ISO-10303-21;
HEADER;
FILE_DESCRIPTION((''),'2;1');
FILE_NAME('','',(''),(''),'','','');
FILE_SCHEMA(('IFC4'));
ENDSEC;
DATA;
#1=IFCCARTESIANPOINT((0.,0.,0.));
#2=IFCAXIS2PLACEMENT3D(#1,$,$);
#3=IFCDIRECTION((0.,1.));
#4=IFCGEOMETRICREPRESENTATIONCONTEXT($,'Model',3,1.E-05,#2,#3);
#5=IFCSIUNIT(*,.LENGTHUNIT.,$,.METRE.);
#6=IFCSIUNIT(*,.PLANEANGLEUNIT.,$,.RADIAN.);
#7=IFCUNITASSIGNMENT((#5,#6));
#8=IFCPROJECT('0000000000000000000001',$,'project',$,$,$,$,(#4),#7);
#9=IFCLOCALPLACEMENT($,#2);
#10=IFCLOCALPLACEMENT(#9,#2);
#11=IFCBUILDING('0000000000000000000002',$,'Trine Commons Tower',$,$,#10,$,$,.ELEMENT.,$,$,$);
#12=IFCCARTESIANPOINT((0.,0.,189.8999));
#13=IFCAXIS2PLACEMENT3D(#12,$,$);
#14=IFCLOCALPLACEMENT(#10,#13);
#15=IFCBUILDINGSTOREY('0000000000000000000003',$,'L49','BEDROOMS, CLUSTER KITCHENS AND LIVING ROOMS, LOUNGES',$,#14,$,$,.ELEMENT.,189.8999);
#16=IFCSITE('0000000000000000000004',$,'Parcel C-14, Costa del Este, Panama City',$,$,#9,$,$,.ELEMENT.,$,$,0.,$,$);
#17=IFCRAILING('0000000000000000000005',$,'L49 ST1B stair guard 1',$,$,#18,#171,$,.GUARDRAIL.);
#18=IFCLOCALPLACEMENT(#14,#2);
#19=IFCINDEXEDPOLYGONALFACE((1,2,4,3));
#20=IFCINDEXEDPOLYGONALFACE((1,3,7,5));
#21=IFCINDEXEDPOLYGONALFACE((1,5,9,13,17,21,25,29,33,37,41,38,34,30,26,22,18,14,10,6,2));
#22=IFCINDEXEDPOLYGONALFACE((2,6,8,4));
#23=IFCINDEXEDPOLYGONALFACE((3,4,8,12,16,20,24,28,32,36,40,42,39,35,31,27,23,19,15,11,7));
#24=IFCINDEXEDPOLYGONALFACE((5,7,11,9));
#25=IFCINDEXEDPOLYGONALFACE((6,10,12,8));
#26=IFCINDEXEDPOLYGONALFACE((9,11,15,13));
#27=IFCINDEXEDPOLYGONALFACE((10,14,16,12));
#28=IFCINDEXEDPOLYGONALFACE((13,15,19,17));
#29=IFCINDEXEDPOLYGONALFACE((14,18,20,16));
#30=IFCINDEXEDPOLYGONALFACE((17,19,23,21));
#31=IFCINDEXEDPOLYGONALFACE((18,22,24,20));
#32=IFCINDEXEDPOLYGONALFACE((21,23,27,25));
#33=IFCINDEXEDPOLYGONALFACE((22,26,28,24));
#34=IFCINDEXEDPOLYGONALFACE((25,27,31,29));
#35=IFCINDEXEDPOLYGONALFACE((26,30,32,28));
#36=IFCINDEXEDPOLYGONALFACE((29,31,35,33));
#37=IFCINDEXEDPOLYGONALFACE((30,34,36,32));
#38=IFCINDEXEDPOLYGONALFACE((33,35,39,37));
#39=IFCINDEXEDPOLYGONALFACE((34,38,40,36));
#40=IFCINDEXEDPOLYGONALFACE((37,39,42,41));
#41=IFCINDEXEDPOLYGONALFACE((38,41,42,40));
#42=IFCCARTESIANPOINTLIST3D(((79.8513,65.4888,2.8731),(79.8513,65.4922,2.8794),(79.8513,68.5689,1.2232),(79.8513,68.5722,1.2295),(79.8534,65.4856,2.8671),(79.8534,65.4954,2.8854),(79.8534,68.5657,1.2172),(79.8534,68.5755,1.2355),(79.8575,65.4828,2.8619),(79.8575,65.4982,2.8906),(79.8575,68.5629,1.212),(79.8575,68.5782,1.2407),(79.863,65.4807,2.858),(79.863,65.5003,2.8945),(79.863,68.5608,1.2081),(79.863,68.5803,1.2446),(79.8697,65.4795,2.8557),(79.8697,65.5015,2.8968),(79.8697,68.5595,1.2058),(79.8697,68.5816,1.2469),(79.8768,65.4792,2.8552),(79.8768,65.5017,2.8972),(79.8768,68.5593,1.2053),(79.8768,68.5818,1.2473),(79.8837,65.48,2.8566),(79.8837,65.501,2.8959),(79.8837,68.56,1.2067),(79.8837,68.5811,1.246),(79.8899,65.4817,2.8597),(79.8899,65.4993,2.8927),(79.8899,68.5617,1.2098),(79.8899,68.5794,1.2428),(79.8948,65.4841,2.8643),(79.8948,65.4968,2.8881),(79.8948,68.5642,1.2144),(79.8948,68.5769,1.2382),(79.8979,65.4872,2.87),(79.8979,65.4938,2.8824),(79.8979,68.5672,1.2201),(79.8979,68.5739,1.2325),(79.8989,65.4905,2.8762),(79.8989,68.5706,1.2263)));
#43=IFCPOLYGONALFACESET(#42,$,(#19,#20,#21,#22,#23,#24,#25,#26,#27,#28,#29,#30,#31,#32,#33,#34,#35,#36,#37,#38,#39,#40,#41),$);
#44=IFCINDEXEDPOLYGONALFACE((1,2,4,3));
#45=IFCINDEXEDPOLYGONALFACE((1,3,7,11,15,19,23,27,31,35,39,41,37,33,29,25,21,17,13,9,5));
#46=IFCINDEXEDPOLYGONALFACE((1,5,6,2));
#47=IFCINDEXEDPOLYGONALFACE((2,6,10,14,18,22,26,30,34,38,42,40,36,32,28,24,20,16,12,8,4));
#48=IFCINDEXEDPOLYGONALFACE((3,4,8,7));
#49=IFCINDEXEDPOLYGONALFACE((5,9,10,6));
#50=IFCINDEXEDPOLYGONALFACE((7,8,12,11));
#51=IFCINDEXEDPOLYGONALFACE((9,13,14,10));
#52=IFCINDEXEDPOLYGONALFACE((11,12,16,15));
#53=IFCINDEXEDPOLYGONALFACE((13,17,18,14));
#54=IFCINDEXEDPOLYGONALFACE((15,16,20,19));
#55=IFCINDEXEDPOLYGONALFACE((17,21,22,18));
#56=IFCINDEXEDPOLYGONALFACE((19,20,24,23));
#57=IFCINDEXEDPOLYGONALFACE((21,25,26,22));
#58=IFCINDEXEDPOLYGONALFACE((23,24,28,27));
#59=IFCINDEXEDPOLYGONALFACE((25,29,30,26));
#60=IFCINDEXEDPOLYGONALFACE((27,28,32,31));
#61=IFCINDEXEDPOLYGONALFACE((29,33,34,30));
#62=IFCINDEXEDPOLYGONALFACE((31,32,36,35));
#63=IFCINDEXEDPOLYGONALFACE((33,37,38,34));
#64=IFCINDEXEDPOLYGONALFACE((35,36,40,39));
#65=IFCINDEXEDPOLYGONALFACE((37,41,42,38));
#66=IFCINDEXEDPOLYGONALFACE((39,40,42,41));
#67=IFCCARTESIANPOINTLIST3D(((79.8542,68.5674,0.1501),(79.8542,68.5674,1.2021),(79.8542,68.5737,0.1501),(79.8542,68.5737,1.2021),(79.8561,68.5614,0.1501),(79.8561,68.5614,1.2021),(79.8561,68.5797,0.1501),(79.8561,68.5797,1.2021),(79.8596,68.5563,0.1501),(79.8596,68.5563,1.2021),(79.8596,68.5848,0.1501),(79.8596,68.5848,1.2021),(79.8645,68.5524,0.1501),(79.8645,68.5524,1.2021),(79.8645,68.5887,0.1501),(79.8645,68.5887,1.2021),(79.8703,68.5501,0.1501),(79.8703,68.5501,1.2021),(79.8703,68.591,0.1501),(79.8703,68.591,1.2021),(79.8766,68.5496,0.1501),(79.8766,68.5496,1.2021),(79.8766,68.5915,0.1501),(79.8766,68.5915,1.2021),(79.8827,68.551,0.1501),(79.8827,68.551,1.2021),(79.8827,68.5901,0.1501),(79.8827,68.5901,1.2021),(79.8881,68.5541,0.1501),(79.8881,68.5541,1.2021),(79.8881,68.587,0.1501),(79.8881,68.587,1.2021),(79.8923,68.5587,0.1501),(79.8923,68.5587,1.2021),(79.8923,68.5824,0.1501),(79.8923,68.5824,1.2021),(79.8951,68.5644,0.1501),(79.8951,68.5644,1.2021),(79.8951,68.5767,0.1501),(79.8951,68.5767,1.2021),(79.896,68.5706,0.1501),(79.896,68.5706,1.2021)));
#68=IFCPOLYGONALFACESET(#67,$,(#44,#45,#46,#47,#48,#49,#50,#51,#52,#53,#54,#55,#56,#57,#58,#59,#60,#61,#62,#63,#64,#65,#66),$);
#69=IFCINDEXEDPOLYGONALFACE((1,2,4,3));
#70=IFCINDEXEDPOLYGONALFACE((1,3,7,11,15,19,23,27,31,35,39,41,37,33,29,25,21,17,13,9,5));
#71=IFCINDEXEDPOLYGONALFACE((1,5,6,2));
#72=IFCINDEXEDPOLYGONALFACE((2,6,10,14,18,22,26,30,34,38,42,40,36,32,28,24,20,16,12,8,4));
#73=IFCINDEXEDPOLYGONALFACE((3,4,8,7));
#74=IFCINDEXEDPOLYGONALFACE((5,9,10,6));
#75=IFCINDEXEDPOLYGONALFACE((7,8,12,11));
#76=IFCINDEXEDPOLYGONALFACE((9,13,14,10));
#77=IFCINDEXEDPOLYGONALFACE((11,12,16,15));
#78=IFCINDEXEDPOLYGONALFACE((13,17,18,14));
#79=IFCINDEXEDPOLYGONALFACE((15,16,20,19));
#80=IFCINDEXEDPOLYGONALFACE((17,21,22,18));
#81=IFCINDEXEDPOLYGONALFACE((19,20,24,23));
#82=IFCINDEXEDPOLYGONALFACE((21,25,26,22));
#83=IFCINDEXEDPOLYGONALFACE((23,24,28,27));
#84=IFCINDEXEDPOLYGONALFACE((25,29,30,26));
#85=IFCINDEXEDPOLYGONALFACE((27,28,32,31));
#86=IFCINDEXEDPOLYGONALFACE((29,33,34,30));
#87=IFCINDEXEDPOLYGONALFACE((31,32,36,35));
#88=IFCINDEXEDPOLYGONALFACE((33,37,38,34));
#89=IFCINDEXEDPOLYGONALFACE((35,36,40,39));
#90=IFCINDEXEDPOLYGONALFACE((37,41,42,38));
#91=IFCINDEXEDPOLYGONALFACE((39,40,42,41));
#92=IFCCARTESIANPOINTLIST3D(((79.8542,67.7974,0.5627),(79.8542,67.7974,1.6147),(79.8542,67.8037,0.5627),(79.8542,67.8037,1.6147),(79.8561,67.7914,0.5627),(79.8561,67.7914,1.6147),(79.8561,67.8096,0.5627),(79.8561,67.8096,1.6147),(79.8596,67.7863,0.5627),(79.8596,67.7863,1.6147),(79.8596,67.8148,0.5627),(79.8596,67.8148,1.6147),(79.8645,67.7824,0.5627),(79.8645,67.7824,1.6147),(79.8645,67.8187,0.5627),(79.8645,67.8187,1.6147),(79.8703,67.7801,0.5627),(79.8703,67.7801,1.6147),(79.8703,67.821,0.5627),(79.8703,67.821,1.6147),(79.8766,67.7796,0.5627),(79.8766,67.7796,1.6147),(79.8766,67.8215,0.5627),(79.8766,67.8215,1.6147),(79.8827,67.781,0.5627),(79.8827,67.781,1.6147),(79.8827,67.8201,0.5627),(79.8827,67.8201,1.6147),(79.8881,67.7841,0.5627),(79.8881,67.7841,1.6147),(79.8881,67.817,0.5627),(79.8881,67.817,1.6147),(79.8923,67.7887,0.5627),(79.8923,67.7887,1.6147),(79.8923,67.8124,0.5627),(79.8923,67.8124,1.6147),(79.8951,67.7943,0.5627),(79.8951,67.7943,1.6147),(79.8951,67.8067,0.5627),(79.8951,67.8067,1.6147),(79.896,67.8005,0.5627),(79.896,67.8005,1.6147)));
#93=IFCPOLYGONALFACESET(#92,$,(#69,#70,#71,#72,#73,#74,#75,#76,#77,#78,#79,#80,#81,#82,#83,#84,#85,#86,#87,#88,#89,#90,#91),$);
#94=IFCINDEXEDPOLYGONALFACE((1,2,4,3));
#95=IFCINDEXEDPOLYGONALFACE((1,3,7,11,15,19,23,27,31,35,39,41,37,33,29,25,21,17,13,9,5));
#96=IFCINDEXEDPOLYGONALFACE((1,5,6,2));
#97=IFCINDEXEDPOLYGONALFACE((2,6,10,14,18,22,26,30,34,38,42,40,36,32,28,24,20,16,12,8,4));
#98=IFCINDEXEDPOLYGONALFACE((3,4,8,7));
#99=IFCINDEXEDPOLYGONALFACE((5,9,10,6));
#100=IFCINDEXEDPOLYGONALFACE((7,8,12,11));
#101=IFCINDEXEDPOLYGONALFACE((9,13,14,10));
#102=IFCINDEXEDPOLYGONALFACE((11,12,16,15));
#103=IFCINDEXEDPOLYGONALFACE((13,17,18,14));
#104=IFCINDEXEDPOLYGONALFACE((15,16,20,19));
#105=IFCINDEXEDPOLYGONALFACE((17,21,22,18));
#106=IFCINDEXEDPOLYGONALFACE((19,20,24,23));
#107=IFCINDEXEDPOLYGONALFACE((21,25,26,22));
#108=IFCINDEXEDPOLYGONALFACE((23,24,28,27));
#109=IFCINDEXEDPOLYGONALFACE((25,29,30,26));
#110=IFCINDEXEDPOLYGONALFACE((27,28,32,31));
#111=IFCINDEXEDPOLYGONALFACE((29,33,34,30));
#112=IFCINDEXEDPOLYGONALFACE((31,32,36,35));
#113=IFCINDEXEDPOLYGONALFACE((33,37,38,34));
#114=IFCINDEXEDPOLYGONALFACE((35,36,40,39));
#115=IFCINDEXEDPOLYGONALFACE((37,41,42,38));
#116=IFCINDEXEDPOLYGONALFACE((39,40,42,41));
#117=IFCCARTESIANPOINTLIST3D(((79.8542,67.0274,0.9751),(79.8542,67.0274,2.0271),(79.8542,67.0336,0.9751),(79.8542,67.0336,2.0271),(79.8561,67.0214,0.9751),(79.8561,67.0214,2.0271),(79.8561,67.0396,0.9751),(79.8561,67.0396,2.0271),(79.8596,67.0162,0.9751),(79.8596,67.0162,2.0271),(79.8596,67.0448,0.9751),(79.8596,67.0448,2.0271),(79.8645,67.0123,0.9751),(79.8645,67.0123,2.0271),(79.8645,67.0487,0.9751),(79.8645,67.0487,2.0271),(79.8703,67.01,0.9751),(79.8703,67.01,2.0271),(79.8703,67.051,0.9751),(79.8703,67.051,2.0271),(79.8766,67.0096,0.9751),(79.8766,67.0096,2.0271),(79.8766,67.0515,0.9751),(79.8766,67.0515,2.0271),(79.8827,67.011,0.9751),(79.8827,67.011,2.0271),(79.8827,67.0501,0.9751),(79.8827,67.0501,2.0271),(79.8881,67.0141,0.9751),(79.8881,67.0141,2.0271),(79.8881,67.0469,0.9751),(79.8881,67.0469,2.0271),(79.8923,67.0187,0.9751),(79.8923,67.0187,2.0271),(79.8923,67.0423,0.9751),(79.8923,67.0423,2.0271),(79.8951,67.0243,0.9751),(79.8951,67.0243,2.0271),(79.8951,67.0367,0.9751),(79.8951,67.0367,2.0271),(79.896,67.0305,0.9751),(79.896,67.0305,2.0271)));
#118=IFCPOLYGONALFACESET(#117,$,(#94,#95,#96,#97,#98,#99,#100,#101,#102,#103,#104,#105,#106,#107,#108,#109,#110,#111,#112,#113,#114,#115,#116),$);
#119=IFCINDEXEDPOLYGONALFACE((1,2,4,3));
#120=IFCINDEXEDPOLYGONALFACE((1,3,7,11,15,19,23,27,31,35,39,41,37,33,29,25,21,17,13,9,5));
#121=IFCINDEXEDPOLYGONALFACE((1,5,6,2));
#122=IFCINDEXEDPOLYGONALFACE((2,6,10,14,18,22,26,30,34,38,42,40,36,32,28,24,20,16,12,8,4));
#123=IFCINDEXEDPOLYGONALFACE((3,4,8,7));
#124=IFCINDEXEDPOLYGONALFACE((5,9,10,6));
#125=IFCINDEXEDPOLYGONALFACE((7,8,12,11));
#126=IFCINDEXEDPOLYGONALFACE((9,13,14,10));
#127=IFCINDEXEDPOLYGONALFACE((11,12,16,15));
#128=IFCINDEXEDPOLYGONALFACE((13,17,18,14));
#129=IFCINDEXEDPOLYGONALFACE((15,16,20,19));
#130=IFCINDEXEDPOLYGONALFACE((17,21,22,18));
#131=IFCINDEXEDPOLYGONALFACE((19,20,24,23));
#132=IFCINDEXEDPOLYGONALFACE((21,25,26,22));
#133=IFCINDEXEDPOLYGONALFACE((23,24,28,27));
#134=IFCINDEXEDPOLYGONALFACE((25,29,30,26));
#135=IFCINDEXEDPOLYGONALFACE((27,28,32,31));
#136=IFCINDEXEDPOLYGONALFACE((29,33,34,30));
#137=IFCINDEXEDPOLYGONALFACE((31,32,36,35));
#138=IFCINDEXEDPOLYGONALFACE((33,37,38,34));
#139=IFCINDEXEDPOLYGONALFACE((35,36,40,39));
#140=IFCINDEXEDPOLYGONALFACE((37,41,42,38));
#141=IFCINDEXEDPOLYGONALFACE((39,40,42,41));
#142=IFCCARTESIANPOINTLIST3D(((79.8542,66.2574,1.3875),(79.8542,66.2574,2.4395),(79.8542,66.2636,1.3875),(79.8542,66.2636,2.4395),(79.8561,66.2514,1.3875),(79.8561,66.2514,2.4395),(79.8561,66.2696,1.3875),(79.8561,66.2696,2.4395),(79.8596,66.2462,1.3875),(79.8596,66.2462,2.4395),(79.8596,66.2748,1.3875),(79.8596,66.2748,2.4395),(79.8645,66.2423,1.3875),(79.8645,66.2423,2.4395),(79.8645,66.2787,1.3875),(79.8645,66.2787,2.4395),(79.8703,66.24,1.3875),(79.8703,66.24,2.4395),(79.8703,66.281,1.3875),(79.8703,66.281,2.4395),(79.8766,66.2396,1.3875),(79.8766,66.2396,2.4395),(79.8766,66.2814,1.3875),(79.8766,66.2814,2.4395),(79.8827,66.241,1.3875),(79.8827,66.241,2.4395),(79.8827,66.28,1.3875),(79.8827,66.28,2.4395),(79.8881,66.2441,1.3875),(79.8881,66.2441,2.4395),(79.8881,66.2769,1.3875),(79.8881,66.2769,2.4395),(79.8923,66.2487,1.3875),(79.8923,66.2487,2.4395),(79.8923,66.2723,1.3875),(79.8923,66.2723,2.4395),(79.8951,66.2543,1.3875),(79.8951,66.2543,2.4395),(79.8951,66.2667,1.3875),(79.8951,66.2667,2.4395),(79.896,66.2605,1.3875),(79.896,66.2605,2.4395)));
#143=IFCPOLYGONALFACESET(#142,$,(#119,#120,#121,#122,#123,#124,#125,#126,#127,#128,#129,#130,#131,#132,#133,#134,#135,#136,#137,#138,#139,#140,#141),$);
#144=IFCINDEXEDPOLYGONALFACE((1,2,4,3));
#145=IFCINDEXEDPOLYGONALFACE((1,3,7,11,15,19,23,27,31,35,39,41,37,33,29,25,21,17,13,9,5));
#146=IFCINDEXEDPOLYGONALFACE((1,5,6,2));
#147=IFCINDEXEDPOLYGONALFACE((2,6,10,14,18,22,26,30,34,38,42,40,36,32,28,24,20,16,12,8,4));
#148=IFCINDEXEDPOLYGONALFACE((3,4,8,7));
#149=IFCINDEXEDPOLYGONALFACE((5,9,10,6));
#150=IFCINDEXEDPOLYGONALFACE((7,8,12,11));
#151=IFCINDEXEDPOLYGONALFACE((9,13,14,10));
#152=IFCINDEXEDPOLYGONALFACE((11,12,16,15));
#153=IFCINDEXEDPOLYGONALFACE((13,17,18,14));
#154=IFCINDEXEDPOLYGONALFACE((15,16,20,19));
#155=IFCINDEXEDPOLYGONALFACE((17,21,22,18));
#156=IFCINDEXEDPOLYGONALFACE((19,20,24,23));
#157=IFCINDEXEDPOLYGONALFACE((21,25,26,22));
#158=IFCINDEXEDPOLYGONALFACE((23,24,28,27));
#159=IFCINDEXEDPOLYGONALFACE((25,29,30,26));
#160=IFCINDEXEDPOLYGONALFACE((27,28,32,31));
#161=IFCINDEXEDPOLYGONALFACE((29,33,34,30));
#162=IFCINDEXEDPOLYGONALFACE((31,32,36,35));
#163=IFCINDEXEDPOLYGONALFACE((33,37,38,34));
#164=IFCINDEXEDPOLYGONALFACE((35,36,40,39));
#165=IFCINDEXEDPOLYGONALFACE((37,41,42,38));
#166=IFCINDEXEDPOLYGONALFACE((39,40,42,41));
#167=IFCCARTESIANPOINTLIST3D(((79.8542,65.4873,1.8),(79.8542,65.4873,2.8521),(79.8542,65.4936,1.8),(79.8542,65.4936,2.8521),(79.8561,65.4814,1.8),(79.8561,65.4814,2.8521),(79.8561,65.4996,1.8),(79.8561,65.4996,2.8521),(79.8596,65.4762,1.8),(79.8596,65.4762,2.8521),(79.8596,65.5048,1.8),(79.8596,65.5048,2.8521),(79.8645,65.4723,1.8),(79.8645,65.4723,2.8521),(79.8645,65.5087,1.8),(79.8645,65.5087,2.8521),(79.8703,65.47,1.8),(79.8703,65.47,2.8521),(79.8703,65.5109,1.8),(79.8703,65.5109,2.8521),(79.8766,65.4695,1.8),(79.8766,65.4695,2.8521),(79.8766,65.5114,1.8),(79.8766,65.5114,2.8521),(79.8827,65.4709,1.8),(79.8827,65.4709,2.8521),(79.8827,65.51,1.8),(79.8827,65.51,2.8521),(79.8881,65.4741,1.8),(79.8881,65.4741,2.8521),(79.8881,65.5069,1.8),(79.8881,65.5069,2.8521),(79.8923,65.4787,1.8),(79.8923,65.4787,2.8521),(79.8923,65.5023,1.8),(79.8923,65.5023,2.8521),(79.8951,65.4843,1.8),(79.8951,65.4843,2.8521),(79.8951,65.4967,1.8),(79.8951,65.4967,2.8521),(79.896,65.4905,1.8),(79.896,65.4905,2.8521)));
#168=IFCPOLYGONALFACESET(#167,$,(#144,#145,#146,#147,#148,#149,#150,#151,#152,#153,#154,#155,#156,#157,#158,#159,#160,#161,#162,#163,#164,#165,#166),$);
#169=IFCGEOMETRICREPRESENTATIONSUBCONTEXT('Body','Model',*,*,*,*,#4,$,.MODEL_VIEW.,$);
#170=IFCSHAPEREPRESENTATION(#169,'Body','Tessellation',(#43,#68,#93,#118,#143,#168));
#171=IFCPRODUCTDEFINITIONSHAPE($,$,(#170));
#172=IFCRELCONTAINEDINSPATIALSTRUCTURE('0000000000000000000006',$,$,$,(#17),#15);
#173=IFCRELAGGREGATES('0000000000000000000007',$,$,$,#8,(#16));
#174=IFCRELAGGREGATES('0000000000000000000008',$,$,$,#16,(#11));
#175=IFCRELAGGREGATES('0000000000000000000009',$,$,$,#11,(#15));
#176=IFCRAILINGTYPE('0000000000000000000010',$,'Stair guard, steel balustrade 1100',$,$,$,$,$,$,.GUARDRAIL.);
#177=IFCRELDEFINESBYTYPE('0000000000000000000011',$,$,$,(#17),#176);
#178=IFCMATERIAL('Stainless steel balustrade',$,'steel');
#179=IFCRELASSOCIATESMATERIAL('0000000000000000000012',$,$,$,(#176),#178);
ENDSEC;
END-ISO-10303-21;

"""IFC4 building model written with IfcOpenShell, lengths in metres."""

from ifc_helpers import new_model, si_unit, direction, frame, origin, origin_2d, place, context, subcontext, project, spatial, circle, extrude, material, type_object, element, save


model = new_model("IFC4")

# Units and contexts
model_context = context("Model", 3, precision=1e-05, world=origin(), true_north=direction((0.0, 1.0)))
body_context = subcontext(model_context, "Body", "Model", "MODEL_VIEW")
ifc_project = project(units=[si_unit("LENGTHUNIT", "METRE"), si_unit("PLANEANGLEUNIT", "RADIAN")], contexts=[model_context])

# Site, building, storey
site_placement = place(None, origin())
site = spatial("IfcSite", under=ifc_project, at=site_placement, Name="Parcel C-14, Costa del Este, Panama City", CompositionType="ELEMENT", RefElevation=0.0)
building_placement = place(site_placement, origin())
building = spatial("IfcBuilding", under=site, at=building_placement, Name="Trine Commons Tower", CompositionType="ELEMENT")
storey_placement = place(building_placement, frame((0.0, 0.0, 189.8999)))
storey = spatial("IfcBuildingStorey", under=building, at=storey_placement, Name="L49", Description="BEDROOMS, CLUSTER KITCHENS AND LIVING ROOMS, LOUNGES", CompositionType="ELEMENT", Elevation=189.8999)

# Railing
ifc_material_1 = material(Name="Stainless steel balustrade", Category="steel")
railing_type_1 = type_object("IfcRailingType", Name="Stair guard, steel balustrade 1100", PredefinedType="GUARDRAIL", material=ifc_material_1)
railing_1_placement = place(storey_placement, frame((79.875, 68.5706, 0.1501)))
element("IfcRailing", 1, at=railing_1_placement, inside=storey, type_object=railing_type_1, Name="L49 ST1B stair guard 1", PredefinedType="GUARDRAIL", context=body_context, shape_type="SweptSolid", body=[
    extrude(circle(Radius=0.0239, at=origin_2d()), frame((0.0, 0.0, 1.0762), z_axis=(0.0, -0.881497, 0.47219), x_axis=(1.0, 0.0, 0.0)), (0.0, 0.0, 1.0), 3.4941),
    extrude(circle(Radius=0.021, at=origin_2d()), origin(), (0.0, 0.0, 1.0), 1.052),
    extrude(circle(Radius=0.021, at=origin_2d()), frame((0.0, -0.77, 0.4126)), (0.0, 0.0, 1.0), 1.052),
    extrude(circle(Radius=0.021, at=origin_2d()), frame((0.0, -1.54, 0.825)), (0.0, 0.0, 1.0), 1.052),
    extrude(circle(Radius=0.021, at=origin_2d()), frame((0.0, -2.3101, 1.2373)), (0.0, 0.0, 1.0), 1.052),
    extrude(circle(Radius=0.021, at=origin_2d()), frame((0.0, -3.0801, 1.6499)), (0.0, 0.0, 1.0), 1.052),
])

save(model, "model.ifc")
